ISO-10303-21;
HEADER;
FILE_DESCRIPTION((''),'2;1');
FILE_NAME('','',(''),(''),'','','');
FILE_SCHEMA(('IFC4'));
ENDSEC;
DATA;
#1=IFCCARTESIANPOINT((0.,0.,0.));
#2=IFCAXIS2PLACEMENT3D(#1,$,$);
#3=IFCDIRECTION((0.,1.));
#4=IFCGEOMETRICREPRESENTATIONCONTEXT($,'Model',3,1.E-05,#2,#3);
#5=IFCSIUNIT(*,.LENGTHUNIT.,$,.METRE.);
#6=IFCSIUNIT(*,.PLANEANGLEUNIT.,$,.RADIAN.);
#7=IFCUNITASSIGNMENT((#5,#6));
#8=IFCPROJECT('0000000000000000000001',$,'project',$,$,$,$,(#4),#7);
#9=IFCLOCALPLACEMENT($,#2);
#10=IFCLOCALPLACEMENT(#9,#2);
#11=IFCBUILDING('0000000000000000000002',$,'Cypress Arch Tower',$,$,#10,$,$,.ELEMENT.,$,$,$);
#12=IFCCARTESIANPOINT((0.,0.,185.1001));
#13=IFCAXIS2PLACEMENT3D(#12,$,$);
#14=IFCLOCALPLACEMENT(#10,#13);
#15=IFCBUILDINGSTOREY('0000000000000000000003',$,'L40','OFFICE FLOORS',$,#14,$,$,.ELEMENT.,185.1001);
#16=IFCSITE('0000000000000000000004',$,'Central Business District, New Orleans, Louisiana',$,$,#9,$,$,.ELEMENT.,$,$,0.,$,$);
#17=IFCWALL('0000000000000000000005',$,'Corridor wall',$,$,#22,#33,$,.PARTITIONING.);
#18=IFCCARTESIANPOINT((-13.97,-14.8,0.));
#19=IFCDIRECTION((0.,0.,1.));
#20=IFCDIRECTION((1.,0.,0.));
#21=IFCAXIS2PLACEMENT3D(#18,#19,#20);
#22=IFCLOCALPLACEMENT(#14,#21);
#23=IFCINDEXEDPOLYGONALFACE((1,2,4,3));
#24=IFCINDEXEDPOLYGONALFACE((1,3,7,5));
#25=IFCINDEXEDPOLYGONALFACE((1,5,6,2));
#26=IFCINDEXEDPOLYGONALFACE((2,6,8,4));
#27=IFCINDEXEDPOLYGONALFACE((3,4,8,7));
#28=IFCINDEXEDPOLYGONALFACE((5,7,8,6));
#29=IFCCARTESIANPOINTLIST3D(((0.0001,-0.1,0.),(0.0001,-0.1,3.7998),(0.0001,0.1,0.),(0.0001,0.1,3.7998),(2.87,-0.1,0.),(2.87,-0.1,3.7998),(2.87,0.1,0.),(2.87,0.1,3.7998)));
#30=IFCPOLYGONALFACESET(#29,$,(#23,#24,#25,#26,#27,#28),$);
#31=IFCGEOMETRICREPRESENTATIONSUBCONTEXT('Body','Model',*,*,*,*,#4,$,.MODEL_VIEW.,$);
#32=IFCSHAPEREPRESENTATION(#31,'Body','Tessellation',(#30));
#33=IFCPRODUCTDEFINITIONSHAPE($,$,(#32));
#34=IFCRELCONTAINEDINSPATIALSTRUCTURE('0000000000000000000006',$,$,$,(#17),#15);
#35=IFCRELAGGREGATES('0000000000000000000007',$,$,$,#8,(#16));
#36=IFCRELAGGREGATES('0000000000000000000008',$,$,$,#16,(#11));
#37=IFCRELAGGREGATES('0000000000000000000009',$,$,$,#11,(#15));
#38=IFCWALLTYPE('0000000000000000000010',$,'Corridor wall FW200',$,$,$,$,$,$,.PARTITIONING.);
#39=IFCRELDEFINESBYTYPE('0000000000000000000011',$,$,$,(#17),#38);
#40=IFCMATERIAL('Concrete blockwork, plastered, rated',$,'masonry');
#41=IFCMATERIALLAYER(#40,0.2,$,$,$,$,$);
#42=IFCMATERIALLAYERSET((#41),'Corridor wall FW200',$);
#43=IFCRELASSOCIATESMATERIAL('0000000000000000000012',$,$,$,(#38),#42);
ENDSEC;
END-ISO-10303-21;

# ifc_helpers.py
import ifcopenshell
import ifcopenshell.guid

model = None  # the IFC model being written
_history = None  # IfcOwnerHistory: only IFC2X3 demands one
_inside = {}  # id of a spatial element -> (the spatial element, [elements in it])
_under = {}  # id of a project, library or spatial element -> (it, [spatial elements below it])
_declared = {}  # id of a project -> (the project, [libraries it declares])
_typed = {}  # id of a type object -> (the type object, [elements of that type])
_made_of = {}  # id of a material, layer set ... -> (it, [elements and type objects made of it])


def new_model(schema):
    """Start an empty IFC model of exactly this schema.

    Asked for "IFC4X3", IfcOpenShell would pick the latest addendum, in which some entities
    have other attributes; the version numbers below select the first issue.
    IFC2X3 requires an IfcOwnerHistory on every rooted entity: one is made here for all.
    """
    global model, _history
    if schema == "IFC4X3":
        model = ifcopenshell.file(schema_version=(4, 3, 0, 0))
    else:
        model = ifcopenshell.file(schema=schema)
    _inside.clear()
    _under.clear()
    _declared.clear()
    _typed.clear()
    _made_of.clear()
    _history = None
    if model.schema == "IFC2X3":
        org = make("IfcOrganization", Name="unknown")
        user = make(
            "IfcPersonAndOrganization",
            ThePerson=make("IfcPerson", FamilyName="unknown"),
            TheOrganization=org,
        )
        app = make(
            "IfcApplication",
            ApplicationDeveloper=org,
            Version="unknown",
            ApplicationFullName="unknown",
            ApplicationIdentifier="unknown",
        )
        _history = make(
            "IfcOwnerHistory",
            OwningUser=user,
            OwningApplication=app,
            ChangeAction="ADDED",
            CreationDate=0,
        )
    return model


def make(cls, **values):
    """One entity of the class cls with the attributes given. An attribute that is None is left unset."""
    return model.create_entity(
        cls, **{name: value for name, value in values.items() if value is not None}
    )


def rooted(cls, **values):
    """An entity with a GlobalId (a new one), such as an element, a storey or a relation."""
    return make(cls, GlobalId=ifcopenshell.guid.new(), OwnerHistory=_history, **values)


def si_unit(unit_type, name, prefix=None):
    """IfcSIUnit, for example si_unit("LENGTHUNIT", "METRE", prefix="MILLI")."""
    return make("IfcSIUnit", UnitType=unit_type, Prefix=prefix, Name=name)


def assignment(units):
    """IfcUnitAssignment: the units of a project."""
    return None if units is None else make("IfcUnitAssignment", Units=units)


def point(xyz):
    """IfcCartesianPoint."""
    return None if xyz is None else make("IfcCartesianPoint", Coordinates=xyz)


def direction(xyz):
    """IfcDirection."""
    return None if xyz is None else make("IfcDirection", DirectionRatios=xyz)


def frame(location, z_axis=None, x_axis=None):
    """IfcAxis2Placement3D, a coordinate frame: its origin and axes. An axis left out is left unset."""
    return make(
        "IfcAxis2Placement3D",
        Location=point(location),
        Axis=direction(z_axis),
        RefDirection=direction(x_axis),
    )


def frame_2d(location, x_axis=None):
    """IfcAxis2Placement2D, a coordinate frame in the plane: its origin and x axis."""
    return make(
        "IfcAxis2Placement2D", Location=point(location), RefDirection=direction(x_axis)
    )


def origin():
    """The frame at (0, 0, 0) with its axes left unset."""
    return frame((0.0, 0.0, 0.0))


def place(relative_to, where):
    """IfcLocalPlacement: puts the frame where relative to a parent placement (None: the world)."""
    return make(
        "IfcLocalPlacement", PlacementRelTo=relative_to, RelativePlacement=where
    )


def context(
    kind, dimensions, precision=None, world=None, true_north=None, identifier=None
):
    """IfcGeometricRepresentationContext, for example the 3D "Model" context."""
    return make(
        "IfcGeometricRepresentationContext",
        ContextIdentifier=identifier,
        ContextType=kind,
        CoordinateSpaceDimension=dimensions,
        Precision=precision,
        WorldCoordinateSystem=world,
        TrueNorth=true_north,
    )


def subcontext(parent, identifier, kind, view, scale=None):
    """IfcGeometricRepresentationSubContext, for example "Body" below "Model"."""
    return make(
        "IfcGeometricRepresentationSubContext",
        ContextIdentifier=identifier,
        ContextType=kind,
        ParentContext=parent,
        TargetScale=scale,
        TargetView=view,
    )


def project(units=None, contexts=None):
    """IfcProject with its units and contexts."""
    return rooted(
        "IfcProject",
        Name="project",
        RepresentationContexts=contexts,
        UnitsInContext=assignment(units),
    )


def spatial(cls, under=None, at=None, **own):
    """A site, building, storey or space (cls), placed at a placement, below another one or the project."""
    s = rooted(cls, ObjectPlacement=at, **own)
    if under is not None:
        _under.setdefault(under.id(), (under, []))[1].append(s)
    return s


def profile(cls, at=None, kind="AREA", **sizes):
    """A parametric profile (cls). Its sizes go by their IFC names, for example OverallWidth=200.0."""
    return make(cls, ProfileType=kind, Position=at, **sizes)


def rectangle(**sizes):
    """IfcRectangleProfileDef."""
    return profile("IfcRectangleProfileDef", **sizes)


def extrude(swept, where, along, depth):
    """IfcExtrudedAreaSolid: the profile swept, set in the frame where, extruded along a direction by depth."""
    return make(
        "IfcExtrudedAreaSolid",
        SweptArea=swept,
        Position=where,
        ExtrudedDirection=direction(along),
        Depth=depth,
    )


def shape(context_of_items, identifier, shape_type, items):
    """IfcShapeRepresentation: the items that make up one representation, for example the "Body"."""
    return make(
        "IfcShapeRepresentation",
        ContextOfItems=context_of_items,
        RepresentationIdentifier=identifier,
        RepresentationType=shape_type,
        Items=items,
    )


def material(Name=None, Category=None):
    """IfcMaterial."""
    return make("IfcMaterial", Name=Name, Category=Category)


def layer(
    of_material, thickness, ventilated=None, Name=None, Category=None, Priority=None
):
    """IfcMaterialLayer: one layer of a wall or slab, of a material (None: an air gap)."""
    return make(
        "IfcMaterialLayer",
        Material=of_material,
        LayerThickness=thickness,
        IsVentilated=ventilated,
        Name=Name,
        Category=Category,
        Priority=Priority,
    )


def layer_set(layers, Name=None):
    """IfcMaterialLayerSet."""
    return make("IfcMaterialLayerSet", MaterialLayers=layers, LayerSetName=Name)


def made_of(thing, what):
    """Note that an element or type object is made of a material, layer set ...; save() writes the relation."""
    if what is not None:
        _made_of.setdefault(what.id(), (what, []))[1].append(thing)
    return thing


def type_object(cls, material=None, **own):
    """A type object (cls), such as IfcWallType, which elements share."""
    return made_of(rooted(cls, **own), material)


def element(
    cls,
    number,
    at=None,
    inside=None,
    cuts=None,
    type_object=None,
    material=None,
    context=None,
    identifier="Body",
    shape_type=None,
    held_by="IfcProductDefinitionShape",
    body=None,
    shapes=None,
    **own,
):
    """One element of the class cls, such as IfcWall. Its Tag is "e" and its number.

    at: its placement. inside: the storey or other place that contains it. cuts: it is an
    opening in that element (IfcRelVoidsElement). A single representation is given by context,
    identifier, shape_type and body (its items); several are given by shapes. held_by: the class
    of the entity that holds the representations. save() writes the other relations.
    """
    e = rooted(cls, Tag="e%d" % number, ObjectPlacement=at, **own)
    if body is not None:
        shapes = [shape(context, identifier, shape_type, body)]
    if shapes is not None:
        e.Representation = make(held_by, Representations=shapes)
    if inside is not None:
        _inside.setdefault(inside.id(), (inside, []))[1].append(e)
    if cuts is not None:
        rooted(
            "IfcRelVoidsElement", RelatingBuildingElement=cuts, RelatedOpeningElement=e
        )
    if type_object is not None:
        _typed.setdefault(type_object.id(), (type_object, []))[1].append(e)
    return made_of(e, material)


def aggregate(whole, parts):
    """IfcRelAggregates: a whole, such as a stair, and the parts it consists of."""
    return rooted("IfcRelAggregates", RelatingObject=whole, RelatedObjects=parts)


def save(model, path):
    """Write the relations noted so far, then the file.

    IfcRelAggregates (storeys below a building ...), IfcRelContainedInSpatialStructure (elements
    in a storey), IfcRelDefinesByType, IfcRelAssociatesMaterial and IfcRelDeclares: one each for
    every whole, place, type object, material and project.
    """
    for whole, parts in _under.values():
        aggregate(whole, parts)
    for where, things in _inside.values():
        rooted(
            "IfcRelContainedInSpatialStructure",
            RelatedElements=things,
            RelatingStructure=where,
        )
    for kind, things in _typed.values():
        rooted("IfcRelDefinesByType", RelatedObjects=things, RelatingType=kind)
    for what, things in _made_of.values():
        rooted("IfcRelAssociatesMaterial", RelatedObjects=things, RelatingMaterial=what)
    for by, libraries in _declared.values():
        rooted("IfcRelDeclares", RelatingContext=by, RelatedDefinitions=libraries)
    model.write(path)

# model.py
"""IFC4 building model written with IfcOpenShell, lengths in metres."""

from ifc_helpers import new_model, si_unit, direction, frame, frame_2d, origin, place, context, subcontext, project, spatial, rectangle, extrude, material, layer, layer_set, type_object, element, save


model = new_model("IFC4")

# Units and contexts
model_context = context("Model", 3, precision=1e-05, world=origin(), true_north=direction((0.0, 1.0)))
body_context = subcontext(model_context, "Body", "Model", "MODEL_VIEW")
ifc_project = project(units=[si_unit("LENGTHUNIT", "METRE"), si_unit("PLANEANGLEUNIT", "RADIAN")], contexts=[model_context])

# Site, building, storey
site_placement = place(None, origin())
site = spatial("IfcSite", under=ifc_project, at=site_placement, Name="Central Business District, New Orleans, Louisiana", CompositionType="ELEMENT", RefElevation=0.0)
building_placement = place(site_placement, origin())
building = spatial("IfcBuilding", under=site, at=building_placement, Name="Cypress Arch Tower", CompositionType="ELEMENT")
storey_placement = place(building_placement, frame((0.0, 0.0, 185.1001)))
storey = spatial("IfcBuildingStorey", under=building, at=storey_placement, Name="L40", Description="OFFICE FLOORS", CompositionType="ELEMENT", Elevation=185.1001)

# Wall
ifc_material_1 = material(Name="Concrete blockwork, plastered, rated", Category="masonry")
ifc_layer_1 = layer(ifc_material_1, 0.2)
ifc_layer_set_1 = layer_set([ifc_layer_1], Name="Corridor wall FW200")
wall_type_1 = type_object("IfcWallType", Name="Corridor wall FW200", PredefinedType="PARTITIONING", material=ifc_layer_set_1)
wall_1_placement = place(storey_placement, frame((-13.97, -14.8, 0.0), z_axis=(0.0, 0.0, 1.0), x_axis=(1.0, 0.0, 0.0)))
element("IfcWall", 1, at=wall_1_placement, inside=storey, type_object=wall_type_1, Name="Corridor wall", PredefinedType="PARTITIONING", context=body_context, shape_type="SweptSolid", body=[
    extrude(rectangle(XDim=2.8699, YDim=0.2, at=frame_2d((1.4351, 0.0))), origin(), (0.0, 0.0, 1.0), 3.7998),
])

save(model, "model.ifc")
